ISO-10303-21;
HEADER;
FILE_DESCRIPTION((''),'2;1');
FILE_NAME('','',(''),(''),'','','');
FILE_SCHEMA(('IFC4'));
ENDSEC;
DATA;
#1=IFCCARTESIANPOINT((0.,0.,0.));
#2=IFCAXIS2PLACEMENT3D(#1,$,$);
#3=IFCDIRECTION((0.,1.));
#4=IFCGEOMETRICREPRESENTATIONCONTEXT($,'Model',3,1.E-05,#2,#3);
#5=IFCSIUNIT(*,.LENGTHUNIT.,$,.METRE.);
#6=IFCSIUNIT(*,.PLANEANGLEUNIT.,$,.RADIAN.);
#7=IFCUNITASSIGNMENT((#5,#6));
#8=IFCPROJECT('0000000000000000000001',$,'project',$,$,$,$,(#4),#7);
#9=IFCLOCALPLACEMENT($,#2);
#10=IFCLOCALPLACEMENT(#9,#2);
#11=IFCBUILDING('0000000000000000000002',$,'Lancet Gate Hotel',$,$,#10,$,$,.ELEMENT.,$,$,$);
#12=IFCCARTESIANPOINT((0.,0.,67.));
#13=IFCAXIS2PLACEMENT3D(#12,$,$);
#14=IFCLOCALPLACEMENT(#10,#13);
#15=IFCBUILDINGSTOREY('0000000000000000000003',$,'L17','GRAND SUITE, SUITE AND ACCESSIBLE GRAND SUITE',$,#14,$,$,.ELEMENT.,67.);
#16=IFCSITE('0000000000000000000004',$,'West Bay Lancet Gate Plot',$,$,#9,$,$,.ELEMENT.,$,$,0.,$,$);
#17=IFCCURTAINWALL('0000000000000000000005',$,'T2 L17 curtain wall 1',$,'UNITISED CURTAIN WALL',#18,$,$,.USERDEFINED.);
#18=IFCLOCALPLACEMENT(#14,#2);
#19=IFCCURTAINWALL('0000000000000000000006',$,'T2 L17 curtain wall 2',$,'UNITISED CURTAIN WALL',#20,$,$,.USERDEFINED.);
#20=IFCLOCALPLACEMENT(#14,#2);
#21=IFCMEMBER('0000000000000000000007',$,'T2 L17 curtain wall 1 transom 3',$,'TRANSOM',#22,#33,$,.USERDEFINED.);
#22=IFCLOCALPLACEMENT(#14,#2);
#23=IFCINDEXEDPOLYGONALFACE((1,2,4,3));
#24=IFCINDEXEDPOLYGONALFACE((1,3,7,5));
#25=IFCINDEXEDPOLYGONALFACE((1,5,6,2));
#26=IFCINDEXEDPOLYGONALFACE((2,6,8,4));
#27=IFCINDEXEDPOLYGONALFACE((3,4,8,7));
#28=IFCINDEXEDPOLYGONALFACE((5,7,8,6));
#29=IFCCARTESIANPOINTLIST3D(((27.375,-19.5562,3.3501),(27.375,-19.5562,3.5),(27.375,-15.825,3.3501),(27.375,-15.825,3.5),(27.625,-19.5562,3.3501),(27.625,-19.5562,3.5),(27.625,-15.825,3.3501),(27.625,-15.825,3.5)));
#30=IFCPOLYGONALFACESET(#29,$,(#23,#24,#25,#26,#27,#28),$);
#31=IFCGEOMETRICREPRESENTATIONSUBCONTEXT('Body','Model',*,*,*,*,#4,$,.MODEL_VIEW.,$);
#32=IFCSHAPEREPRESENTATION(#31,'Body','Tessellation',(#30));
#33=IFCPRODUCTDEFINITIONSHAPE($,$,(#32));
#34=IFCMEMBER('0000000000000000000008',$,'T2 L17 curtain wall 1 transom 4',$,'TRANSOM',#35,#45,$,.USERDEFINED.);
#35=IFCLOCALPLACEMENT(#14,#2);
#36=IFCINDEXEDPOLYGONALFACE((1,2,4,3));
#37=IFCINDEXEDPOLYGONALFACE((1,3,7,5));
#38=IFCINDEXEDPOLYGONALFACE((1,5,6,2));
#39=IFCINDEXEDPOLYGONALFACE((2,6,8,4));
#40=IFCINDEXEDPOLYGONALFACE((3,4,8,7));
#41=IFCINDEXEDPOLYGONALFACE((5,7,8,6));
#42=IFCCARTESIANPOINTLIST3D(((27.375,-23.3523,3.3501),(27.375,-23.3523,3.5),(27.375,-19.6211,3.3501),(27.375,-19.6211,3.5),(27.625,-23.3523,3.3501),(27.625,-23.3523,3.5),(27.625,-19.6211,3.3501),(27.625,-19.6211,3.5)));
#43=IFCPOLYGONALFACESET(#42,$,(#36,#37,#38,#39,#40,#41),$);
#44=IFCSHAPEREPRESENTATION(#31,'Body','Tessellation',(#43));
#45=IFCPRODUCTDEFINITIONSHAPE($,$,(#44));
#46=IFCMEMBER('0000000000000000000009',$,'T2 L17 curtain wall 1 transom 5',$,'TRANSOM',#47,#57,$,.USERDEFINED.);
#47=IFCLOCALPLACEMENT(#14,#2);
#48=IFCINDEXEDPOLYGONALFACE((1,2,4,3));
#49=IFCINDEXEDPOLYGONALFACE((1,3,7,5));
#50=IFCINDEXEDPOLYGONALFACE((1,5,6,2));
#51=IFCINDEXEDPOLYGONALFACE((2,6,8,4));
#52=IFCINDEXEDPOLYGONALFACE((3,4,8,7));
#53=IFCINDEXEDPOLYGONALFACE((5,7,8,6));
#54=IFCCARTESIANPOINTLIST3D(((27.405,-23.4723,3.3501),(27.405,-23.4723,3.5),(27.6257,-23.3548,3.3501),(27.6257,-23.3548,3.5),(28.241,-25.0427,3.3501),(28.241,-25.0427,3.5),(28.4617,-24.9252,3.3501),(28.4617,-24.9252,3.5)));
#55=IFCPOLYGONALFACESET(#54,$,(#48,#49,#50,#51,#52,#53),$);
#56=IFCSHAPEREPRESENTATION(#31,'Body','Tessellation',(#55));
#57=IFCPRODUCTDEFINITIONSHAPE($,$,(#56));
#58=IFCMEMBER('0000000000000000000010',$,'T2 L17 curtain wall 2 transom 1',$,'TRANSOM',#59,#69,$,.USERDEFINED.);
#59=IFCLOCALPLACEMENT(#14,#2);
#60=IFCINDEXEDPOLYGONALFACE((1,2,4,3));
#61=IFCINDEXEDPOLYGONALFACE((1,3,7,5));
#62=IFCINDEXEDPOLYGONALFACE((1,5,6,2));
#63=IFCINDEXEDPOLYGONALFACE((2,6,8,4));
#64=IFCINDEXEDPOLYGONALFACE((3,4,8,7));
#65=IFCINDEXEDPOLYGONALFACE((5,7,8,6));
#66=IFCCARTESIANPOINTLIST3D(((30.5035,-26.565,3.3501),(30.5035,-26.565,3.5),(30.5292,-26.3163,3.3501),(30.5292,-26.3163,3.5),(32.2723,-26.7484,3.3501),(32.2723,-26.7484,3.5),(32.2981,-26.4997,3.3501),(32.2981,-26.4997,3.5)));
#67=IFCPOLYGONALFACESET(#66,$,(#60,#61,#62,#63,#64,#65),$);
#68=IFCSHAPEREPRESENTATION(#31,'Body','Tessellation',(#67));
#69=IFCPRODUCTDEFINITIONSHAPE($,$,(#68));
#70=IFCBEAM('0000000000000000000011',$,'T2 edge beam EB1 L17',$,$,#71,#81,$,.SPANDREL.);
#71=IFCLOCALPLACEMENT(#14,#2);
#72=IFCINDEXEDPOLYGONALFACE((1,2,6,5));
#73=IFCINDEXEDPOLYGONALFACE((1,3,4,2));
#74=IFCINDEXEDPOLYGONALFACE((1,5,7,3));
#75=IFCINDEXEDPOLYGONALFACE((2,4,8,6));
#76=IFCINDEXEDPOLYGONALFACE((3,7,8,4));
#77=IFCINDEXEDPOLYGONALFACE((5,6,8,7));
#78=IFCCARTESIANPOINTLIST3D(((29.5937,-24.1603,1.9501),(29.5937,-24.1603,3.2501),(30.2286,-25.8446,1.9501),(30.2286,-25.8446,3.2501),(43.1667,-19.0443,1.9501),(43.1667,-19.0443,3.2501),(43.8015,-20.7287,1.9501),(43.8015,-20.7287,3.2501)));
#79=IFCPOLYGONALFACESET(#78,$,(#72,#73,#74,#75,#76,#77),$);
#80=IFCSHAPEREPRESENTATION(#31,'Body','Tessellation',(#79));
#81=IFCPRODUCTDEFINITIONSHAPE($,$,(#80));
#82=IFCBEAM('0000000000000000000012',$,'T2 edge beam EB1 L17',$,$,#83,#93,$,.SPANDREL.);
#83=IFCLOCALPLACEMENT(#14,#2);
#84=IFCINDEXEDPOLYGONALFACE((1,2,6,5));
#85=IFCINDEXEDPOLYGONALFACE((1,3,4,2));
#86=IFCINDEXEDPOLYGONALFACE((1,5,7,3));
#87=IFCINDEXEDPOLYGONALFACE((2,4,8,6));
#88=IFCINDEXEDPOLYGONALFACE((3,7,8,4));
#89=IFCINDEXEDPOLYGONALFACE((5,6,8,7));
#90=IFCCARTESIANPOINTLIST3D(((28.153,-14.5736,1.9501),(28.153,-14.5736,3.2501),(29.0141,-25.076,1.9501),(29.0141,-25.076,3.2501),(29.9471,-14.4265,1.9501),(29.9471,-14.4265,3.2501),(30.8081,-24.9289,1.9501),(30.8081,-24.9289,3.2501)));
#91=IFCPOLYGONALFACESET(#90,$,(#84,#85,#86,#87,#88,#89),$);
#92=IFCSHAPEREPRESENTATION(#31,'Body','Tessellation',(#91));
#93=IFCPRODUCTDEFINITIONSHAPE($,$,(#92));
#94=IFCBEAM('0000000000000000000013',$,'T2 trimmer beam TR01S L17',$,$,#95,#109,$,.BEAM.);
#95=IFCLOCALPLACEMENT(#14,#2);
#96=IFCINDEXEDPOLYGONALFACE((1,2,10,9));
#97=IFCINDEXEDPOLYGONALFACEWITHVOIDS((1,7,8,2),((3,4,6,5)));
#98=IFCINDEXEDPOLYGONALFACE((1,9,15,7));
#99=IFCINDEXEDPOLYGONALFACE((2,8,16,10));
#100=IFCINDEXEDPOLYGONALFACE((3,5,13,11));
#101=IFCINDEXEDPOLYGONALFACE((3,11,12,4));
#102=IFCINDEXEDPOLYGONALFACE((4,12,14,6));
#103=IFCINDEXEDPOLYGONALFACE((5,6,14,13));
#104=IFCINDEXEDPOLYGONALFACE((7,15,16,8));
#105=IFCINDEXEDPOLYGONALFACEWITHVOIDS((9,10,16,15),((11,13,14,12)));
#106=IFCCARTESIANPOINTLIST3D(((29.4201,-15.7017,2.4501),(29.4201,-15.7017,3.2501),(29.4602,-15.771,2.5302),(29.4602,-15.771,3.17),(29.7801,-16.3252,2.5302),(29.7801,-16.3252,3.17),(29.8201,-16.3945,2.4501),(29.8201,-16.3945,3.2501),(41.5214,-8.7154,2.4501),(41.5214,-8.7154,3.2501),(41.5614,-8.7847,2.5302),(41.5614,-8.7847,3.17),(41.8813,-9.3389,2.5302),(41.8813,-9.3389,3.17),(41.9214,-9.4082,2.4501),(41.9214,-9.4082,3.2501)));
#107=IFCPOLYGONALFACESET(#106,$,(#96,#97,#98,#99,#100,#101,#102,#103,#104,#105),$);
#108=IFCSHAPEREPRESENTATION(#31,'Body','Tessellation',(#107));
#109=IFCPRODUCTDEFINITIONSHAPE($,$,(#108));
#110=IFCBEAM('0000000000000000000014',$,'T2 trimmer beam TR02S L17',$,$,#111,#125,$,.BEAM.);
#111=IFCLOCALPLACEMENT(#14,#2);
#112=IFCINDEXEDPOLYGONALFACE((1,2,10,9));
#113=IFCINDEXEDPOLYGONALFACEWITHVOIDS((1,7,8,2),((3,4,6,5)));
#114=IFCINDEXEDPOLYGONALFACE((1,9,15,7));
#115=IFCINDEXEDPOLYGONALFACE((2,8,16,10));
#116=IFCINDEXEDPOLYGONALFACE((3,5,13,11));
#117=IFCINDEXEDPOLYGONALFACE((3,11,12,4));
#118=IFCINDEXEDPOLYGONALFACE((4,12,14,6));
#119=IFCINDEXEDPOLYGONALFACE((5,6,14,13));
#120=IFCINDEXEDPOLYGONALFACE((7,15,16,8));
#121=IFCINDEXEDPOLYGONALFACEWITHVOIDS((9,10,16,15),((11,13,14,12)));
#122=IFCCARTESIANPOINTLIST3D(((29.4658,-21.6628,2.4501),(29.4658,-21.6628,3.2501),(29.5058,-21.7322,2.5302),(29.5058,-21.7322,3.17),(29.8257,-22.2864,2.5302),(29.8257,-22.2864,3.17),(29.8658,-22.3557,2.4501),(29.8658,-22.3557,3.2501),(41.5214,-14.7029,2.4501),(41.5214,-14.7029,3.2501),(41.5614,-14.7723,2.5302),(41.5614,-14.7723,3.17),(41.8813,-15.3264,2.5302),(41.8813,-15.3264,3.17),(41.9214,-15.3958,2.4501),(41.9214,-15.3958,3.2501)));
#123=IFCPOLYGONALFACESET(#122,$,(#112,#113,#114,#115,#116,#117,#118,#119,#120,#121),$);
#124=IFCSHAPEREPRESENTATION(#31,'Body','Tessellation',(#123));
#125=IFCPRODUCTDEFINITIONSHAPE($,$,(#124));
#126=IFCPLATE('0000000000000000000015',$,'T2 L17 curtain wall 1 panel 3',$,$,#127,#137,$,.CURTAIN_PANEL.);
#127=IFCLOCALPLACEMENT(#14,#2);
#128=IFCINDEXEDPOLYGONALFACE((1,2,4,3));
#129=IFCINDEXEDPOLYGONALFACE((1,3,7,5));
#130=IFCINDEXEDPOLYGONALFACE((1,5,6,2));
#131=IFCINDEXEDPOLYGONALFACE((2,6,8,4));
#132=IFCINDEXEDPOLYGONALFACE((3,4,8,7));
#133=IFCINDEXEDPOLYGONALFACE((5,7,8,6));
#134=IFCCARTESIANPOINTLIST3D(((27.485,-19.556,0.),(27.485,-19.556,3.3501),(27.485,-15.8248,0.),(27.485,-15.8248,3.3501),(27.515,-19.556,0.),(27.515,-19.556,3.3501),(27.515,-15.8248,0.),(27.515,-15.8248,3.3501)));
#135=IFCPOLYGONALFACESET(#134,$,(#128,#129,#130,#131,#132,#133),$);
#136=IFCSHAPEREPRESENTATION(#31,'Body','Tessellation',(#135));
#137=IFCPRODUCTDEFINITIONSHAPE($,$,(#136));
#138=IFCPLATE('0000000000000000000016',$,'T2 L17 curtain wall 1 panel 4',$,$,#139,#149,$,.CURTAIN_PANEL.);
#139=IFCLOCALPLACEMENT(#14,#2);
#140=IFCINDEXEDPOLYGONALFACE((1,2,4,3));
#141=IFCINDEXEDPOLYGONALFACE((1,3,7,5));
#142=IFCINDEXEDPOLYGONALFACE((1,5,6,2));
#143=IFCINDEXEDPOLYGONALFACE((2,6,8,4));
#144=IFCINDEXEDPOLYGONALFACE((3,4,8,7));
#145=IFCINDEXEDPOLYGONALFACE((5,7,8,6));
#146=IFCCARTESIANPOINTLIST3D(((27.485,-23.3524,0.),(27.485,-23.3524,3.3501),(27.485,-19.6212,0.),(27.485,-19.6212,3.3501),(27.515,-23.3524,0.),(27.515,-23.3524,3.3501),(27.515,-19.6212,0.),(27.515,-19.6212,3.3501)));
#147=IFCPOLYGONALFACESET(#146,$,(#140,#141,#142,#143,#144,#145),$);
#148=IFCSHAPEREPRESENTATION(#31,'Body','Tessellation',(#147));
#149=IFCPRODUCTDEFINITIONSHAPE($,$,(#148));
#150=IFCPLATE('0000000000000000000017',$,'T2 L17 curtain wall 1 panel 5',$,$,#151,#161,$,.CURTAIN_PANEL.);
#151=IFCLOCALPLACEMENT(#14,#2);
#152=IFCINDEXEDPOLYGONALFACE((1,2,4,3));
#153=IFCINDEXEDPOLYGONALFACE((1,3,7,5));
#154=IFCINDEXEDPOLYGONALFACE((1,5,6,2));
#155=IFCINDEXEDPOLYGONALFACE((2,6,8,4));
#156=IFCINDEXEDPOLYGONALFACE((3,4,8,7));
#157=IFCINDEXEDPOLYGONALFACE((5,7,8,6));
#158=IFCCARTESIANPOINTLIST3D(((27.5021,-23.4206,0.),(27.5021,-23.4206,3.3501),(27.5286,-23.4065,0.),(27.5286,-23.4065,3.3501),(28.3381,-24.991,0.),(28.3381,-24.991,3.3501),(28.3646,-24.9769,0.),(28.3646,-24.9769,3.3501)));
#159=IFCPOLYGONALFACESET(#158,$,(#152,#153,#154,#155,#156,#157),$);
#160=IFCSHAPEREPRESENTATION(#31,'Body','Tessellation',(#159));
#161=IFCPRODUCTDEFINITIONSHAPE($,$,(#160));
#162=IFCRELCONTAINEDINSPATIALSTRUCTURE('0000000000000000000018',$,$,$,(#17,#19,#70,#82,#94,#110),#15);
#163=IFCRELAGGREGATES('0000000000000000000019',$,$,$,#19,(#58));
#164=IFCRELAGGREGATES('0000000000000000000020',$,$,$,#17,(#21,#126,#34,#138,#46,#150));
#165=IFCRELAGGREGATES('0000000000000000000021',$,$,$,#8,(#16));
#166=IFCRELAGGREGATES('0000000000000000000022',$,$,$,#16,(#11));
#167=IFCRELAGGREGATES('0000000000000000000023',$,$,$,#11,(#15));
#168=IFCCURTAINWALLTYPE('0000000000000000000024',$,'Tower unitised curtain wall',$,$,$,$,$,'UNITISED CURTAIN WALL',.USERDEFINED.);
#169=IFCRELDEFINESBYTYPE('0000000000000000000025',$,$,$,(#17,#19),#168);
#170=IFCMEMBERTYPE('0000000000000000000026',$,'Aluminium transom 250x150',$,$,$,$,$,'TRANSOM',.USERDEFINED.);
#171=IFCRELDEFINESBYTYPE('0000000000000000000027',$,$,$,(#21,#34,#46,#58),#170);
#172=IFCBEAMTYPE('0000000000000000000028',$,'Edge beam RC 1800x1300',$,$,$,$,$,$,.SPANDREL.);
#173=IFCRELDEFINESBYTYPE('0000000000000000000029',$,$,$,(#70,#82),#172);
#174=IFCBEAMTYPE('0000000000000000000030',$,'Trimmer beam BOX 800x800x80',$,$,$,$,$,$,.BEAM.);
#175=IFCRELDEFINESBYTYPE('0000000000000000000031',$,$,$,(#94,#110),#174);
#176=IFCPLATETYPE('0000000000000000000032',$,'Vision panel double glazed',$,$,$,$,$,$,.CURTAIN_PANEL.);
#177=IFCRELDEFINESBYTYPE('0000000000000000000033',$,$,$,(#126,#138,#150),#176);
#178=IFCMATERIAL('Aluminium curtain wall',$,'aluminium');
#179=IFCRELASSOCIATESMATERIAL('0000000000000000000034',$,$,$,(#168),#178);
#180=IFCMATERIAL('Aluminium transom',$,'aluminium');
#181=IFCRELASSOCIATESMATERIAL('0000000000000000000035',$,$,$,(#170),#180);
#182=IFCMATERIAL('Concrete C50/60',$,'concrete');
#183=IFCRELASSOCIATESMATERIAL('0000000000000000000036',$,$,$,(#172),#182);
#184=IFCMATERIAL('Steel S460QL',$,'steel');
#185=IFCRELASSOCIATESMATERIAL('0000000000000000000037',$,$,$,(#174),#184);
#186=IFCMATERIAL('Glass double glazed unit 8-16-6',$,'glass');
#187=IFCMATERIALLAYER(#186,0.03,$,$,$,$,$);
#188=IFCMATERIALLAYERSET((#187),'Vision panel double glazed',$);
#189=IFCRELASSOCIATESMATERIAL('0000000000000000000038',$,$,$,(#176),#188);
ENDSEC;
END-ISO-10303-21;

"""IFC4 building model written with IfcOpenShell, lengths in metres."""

from ifc_helpers import new_model, si_unit, direction, frame, origin, origin_2d, place, context, subcontext, project, spatial, rectangle, hollow_rectangle, extrude, material, layer, layer_set, material_profile, profile_set, type_object, element, aggregate, save


model = new_model("IFC4")

# Units and contexts
model_context = context("Model", 3, precision=1e-05, world=origin(), true_north=direction((0.0, 1.0)))
body_context = subcontext(model_context, "Body", "Model", "MODEL_VIEW")
ifc_project = project(units=[si_unit("LENGTHUNIT", "METRE"), si_unit("PLANEANGLEUNIT", "RADIAN")], contexts=[model_context])

# Site, building, storey
site_placement = place(None, origin())
site = spatial("IfcSite", under=ifc_project, at=site_placement, Name="West Bay Lancet Gate Plot", CompositionType="ELEMENT", RefElevation=0.0)
building_placement = place(site_placement, origin())
building = spatial("IfcBuilding", under=site, at=building_placement, Name="Lancet Gate Hotel", CompositionType="ELEMENT")
storey_placement = place(building_placement, frame((0.0, 0.0, 67.0)))
storey = spatial("IfcBuildingStorey", under=building, at=storey_placement, Name="L17", Description="GRAND SUITE, SUITE AND ACCESSIBLE GRAND SUITE", CompositionType="ELEMENT", Elevation=67.0)

# Curtain wall
ifc_material_1 = material(Name="Aluminium curtain wall", Category="aluminium")
curtain_wall_type = type_object("IfcCurtainWallType", Name="Tower unitised curtain wall", ElementType="UNITISED CURTAIN WALL", PredefinedType="USERDEFINED", material=ifc_material_1)
curtain_wall_1_placement = place(storey_placement, origin())
curtain_wall_1 = element("IfcCurtainWall", 1, at=curtain_wall_1_placement, inside=storey, type_object=curtain_wall_type, Name="T2 L17 curtain wall 1", ObjectType="UNITISED CURTAIN WALL", PredefinedType="USERDEFINED")

# Curtain wall
curtain_wall_2_placement = place(storey_placement, origin())
curtain_wall_2 = element("IfcCurtainWall", 2, at=curtain_wall_2_placement, inside=storey, type_object=curtain_wall_type, Name="T2 L17 curtain wall 2", ObjectType="UNITISED CURTAIN WALL", PredefinedType="USERDEFINED")

# Members
ifc_material_2 = material(Name="Aluminium transom", Category="aluminium")
ifc_material_profile_1 = material_profile(ifc_material_2, rectangle(XDim=0.25, YDim=0.1499, at=origin_2d()), Name="TRANSOM 250x150")
ifc_profile_set_1 = profile_set([ifc_material_profile_1], Name="Aluminium transom")
member_type_1 = type_object("IfcMemberType", Name="Aluminium transom 250x150", ElementType="TRANSOM", PredefinedType="USERDEFINED", material=ifc_profile_set_1)
member_1_placement = place(storey_placement, frame((27.5, -15.825, 3.425), z_axis=(0.0, -1.0, 0.0), x_axis=(1.0, 0.0, 0.0)))
member_1 = element("IfcMember", 3, at=member_1_placement, type_object=member_type_1, Name="T2 L17 curtain wall 1 transom 3", ObjectType="TRANSOM", PredefinedType="USERDEFINED", context=body_context, shape_type="SweptSolid", body=[
    extrude(rectangle(XDim=0.25, YDim=0.1499, at=origin_2d()), origin(), (0.0, 0.0, 1.0), 3.7312),
])
member_2_placement = place(storey_placement, frame((27.5, -19.6211, 3.425), z_axis=(0.0, -1.0, 0.0), x_axis=(1.0, 0.0, 0.0)))
member_2 = element("IfcMember", 4, at=member_2_placement, type_object=member_type_1, Name="T2 L17 curtain wall 1 transom 4", ObjectType="TRANSOM", PredefinedType="USERDEFINED", context=body_context, shape_type="SweptSolid", body=[
    extrude(rectangle(XDim=0.25, YDim=0.1499, at=origin_2d()), origin(), (0.0, 0.0, 1.0), 3.7312),
])
member_3_placement = place(storey_placement, frame((27.5154, -23.4136, 3.425), z_axis=(0.469904, -0.882717, 0.0), x_axis=(0.882717, 0.469904, 0.0)))
member_3 = element("IfcMember", 5, at=member_3_placement, type_object=member_type_1, Name="T2 L17 curtain wall 1 transom 5", ObjectType="TRANSOM", PredefinedType="USERDEFINED", context=body_context, shape_type="SweptSolid", body=[
    extrude(rectangle(XDim=0.25, YDim=0.1499, at=origin_2d()), origin(), (0.0, 0.0, 1.0), 1.7791),
])
member_4_placement = place(storey_placement, frame((30.5164, -26.4407, 3.425), z_axis=(0.99467, -0.103105, 0.0), x_axis=(0.103105, 0.99467, 0.0)))
member_4 = element("IfcMember", 6, at=member_4_placement, type_object=member_type_1, Name="T2 L17 curtain wall 2 transom 1", ObjectType="TRANSOM", PredefinedType="USERDEFINED", context=body_context, shape_type="SweptSolid", body=[
    extrude(rectangle(XDim=0.25, YDim=0.1499, at=origin_2d()), origin(), (0.0, 0.0, 1.0), 1.7783),
])
aggregate(curtain_wall_2, [member_4])

# Beams
ifc_material_3 = material(Name="Concrete C50/60", Category="concrete")
ifc_material_profile_2 = material_profile(ifc_material_3, rectangle(XDim=1.8, YDim=1.3, at=origin_2d()), Name="RC 1800x1300")
ifc_profile_set_2 = profile_set([ifc_material_profile_2], Name="Concrete C50/60")
beam_type_1 = type_object("IfcBeamType", Name="Edge beam RC 1800x1300", PredefinedType="SPANDREL", material=ifc_profile_set_2)
beam_1_placement = place(storey_placement, frame((29.9111, -25.0024, 2.6001), z_axis=(0.935736, 0.3527, 0.0), x_axis=(-0.3527, 0.935736, 0.0)))
element("IfcBeam", 7, at=beam_1_placement, inside=storey, type_object=beam_type_1, Name="T2 edge beam EB1 L17", PredefinedType="SPANDREL", context=body_context, shape_type="SweptSolid", body=[
    extrude(rectangle(XDim=1.8, YDim=1.3, at=origin_2d()), origin(), (0.0, 0.0, 1.0), 14.5051),
])
beam_2_placement = place(storey_placement, frame((29.9111, -25.0024, 2.6001), z_axis=(-0.081715, 0.996656, 0.0), x_axis=(-0.996656, -0.081715, 0.0)))
element("IfcBeam", 8, at=beam_2_placement, inside=storey, type_object=beam_type_1, Name="T2 edge beam EB1 L17", PredefinedType="SPANDREL", context=body_context, shape_type="SweptSolid", body=[
    extrude(rectangle(XDim=1.8, YDim=1.3, at=origin_2d()), origin(), (0.0, 0.0, 1.0), 10.5376),
])
ifc_material_4 = material(Name="Steel S460QL", Category="steel")
ifc_material_profile_3 = material_profile(ifc_material_4, hollow_rectangle(XDim=0.8, YDim=0.8, WallThickness=0.0801, at=origin_2d()), Name="BOX 800x800x80")
ifc_profile_set_3 = profile_set([ifc_material_profile_3], Name="Steel S460QL")
beam_type_2 = type_object("IfcBeamType", Name="Trimmer beam BOX 800x800x80", PredefinedType="BEAM", material=ifc_profile_set_3)
beam_3_placement = place(storey_placement, frame((29.6201, -16.0481, 2.8501), z_axis=(0.866037, 0.49998, 0.0), x_axis=(-0.49998, 0.866037, 0.0)))
element("IfcBeam", 9, at=beam_3_placement, inside=storey, type_object=beam_type_2, Name="T2 trimmer beam TR01S L17", PredefinedType="BEAM", context=body_context, shape_type="SweptSolid", body=[
    extrude(hollow_rectangle(XDim=0.8, YDim=0.8, WallThickness=0.0801, at=origin_2d()), origin(), (0.0, 0.0, 1.0), 13.9731),
])
beam_4_placement = place(storey_placement, frame((29.6658, -22.0093, 2.8501), z_axis=(0.866037, 0.49998, 0.0), x_axis=(-0.49998, 0.866037, 0.0)))
element("IfcBeam", 10, at=beam_4_placement, inside=storey, type_object=beam_type_2, Name="T2 trimmer beam TR02S L17", PredefinedType="BEAM", context=body_context, shape_type="SweptSolid", body=[
    extrude(hollow_rectangle(XDim=0.8, YDim=0.8, WallThickness=0.0801, at=origin_2d()), origin(), (0.0, 0.0, 1.0), 13.9204),
])

# Plates
ifc_material_5 = material(Name="Glass double glazed unit 8-16-6", Category="glass")
ifc_layer = layer(ifc_material_5, 0.03)
ifc_layer_set = layer_set([ifc_layer], Name="Vision panel double glazed")
plate_type = type_object("IfcPlateType", Name="Vision panel double glazed", PredefinedType="CURTAIN_PANEL", material=ifc_layer_set)
plate_1_placement = place(storey_placement, frame((27.5, -17.6904, 0.0), z_axis=(0.0, 0.0, 1.0), x_axis=(0.0, -1.0, 0.0)))
plate_1 = element("IfcPlate", 11, at=plate_1_placement, type_object=plate_type, Name="T2 L17 curtain wall 1 panel 3", PredefinedType="CURTAIN_PANEL", context=body_context, shape_type="SweptSolid", body=[
    extrude(rectangle(XDim=3.7312, YDim=0.03, at=origin_2d()), origin(), (0.0, 0.0, 1.0), 3.3501),
])
plate_2_placement = place(storey_placement, frame((27.5, -21.4868, 0.0), z_axis=(0.0, 0.0, 1.0), x_axis=(0.0, -1.0, 0.0)))
plate_2 = element("IfcPlate", 12, at=plate_2_placement, type_object=plate_type, Name="T2 L17 curtain wall 1 panel 4", PredefinedType="CURTAIN_PANEL", context=body_context, shape_type="SweptSolid", body=[
    extrude(rectangle(XDim=3.7312, YDim=0.03, at=origin_2d()), origin(), (0.0, 0.0, 1.0), 3.3501),
])
plate_3_placement = place(storey_placement, frame((27.9333, -24.1987, 0.0), z_axis=(0.0, 0.0, 1.0), x_axis=(0.469898, -0.882721, 0.0)))
plate_3 = element("IfcPlate", 13, at=plate_3_placement, type_object=plate_type, Name="T2 L17 curtain wall 1 panel 5", PredefinedType="CURTAIN_PANEL", context=body_context, shape_type="SweptSolid", body=[
    extrude(rectangle(XDim=1.7791, YDim=0.03, at=origin_2d()), origin(), (0.0, 0.0, 1.0), 3.3501),
])
aggregate(curtain_wall_1, [member_1, plate_1, member_2, plate_2, member_3, plate_3])

save(model, "model.ifc")
